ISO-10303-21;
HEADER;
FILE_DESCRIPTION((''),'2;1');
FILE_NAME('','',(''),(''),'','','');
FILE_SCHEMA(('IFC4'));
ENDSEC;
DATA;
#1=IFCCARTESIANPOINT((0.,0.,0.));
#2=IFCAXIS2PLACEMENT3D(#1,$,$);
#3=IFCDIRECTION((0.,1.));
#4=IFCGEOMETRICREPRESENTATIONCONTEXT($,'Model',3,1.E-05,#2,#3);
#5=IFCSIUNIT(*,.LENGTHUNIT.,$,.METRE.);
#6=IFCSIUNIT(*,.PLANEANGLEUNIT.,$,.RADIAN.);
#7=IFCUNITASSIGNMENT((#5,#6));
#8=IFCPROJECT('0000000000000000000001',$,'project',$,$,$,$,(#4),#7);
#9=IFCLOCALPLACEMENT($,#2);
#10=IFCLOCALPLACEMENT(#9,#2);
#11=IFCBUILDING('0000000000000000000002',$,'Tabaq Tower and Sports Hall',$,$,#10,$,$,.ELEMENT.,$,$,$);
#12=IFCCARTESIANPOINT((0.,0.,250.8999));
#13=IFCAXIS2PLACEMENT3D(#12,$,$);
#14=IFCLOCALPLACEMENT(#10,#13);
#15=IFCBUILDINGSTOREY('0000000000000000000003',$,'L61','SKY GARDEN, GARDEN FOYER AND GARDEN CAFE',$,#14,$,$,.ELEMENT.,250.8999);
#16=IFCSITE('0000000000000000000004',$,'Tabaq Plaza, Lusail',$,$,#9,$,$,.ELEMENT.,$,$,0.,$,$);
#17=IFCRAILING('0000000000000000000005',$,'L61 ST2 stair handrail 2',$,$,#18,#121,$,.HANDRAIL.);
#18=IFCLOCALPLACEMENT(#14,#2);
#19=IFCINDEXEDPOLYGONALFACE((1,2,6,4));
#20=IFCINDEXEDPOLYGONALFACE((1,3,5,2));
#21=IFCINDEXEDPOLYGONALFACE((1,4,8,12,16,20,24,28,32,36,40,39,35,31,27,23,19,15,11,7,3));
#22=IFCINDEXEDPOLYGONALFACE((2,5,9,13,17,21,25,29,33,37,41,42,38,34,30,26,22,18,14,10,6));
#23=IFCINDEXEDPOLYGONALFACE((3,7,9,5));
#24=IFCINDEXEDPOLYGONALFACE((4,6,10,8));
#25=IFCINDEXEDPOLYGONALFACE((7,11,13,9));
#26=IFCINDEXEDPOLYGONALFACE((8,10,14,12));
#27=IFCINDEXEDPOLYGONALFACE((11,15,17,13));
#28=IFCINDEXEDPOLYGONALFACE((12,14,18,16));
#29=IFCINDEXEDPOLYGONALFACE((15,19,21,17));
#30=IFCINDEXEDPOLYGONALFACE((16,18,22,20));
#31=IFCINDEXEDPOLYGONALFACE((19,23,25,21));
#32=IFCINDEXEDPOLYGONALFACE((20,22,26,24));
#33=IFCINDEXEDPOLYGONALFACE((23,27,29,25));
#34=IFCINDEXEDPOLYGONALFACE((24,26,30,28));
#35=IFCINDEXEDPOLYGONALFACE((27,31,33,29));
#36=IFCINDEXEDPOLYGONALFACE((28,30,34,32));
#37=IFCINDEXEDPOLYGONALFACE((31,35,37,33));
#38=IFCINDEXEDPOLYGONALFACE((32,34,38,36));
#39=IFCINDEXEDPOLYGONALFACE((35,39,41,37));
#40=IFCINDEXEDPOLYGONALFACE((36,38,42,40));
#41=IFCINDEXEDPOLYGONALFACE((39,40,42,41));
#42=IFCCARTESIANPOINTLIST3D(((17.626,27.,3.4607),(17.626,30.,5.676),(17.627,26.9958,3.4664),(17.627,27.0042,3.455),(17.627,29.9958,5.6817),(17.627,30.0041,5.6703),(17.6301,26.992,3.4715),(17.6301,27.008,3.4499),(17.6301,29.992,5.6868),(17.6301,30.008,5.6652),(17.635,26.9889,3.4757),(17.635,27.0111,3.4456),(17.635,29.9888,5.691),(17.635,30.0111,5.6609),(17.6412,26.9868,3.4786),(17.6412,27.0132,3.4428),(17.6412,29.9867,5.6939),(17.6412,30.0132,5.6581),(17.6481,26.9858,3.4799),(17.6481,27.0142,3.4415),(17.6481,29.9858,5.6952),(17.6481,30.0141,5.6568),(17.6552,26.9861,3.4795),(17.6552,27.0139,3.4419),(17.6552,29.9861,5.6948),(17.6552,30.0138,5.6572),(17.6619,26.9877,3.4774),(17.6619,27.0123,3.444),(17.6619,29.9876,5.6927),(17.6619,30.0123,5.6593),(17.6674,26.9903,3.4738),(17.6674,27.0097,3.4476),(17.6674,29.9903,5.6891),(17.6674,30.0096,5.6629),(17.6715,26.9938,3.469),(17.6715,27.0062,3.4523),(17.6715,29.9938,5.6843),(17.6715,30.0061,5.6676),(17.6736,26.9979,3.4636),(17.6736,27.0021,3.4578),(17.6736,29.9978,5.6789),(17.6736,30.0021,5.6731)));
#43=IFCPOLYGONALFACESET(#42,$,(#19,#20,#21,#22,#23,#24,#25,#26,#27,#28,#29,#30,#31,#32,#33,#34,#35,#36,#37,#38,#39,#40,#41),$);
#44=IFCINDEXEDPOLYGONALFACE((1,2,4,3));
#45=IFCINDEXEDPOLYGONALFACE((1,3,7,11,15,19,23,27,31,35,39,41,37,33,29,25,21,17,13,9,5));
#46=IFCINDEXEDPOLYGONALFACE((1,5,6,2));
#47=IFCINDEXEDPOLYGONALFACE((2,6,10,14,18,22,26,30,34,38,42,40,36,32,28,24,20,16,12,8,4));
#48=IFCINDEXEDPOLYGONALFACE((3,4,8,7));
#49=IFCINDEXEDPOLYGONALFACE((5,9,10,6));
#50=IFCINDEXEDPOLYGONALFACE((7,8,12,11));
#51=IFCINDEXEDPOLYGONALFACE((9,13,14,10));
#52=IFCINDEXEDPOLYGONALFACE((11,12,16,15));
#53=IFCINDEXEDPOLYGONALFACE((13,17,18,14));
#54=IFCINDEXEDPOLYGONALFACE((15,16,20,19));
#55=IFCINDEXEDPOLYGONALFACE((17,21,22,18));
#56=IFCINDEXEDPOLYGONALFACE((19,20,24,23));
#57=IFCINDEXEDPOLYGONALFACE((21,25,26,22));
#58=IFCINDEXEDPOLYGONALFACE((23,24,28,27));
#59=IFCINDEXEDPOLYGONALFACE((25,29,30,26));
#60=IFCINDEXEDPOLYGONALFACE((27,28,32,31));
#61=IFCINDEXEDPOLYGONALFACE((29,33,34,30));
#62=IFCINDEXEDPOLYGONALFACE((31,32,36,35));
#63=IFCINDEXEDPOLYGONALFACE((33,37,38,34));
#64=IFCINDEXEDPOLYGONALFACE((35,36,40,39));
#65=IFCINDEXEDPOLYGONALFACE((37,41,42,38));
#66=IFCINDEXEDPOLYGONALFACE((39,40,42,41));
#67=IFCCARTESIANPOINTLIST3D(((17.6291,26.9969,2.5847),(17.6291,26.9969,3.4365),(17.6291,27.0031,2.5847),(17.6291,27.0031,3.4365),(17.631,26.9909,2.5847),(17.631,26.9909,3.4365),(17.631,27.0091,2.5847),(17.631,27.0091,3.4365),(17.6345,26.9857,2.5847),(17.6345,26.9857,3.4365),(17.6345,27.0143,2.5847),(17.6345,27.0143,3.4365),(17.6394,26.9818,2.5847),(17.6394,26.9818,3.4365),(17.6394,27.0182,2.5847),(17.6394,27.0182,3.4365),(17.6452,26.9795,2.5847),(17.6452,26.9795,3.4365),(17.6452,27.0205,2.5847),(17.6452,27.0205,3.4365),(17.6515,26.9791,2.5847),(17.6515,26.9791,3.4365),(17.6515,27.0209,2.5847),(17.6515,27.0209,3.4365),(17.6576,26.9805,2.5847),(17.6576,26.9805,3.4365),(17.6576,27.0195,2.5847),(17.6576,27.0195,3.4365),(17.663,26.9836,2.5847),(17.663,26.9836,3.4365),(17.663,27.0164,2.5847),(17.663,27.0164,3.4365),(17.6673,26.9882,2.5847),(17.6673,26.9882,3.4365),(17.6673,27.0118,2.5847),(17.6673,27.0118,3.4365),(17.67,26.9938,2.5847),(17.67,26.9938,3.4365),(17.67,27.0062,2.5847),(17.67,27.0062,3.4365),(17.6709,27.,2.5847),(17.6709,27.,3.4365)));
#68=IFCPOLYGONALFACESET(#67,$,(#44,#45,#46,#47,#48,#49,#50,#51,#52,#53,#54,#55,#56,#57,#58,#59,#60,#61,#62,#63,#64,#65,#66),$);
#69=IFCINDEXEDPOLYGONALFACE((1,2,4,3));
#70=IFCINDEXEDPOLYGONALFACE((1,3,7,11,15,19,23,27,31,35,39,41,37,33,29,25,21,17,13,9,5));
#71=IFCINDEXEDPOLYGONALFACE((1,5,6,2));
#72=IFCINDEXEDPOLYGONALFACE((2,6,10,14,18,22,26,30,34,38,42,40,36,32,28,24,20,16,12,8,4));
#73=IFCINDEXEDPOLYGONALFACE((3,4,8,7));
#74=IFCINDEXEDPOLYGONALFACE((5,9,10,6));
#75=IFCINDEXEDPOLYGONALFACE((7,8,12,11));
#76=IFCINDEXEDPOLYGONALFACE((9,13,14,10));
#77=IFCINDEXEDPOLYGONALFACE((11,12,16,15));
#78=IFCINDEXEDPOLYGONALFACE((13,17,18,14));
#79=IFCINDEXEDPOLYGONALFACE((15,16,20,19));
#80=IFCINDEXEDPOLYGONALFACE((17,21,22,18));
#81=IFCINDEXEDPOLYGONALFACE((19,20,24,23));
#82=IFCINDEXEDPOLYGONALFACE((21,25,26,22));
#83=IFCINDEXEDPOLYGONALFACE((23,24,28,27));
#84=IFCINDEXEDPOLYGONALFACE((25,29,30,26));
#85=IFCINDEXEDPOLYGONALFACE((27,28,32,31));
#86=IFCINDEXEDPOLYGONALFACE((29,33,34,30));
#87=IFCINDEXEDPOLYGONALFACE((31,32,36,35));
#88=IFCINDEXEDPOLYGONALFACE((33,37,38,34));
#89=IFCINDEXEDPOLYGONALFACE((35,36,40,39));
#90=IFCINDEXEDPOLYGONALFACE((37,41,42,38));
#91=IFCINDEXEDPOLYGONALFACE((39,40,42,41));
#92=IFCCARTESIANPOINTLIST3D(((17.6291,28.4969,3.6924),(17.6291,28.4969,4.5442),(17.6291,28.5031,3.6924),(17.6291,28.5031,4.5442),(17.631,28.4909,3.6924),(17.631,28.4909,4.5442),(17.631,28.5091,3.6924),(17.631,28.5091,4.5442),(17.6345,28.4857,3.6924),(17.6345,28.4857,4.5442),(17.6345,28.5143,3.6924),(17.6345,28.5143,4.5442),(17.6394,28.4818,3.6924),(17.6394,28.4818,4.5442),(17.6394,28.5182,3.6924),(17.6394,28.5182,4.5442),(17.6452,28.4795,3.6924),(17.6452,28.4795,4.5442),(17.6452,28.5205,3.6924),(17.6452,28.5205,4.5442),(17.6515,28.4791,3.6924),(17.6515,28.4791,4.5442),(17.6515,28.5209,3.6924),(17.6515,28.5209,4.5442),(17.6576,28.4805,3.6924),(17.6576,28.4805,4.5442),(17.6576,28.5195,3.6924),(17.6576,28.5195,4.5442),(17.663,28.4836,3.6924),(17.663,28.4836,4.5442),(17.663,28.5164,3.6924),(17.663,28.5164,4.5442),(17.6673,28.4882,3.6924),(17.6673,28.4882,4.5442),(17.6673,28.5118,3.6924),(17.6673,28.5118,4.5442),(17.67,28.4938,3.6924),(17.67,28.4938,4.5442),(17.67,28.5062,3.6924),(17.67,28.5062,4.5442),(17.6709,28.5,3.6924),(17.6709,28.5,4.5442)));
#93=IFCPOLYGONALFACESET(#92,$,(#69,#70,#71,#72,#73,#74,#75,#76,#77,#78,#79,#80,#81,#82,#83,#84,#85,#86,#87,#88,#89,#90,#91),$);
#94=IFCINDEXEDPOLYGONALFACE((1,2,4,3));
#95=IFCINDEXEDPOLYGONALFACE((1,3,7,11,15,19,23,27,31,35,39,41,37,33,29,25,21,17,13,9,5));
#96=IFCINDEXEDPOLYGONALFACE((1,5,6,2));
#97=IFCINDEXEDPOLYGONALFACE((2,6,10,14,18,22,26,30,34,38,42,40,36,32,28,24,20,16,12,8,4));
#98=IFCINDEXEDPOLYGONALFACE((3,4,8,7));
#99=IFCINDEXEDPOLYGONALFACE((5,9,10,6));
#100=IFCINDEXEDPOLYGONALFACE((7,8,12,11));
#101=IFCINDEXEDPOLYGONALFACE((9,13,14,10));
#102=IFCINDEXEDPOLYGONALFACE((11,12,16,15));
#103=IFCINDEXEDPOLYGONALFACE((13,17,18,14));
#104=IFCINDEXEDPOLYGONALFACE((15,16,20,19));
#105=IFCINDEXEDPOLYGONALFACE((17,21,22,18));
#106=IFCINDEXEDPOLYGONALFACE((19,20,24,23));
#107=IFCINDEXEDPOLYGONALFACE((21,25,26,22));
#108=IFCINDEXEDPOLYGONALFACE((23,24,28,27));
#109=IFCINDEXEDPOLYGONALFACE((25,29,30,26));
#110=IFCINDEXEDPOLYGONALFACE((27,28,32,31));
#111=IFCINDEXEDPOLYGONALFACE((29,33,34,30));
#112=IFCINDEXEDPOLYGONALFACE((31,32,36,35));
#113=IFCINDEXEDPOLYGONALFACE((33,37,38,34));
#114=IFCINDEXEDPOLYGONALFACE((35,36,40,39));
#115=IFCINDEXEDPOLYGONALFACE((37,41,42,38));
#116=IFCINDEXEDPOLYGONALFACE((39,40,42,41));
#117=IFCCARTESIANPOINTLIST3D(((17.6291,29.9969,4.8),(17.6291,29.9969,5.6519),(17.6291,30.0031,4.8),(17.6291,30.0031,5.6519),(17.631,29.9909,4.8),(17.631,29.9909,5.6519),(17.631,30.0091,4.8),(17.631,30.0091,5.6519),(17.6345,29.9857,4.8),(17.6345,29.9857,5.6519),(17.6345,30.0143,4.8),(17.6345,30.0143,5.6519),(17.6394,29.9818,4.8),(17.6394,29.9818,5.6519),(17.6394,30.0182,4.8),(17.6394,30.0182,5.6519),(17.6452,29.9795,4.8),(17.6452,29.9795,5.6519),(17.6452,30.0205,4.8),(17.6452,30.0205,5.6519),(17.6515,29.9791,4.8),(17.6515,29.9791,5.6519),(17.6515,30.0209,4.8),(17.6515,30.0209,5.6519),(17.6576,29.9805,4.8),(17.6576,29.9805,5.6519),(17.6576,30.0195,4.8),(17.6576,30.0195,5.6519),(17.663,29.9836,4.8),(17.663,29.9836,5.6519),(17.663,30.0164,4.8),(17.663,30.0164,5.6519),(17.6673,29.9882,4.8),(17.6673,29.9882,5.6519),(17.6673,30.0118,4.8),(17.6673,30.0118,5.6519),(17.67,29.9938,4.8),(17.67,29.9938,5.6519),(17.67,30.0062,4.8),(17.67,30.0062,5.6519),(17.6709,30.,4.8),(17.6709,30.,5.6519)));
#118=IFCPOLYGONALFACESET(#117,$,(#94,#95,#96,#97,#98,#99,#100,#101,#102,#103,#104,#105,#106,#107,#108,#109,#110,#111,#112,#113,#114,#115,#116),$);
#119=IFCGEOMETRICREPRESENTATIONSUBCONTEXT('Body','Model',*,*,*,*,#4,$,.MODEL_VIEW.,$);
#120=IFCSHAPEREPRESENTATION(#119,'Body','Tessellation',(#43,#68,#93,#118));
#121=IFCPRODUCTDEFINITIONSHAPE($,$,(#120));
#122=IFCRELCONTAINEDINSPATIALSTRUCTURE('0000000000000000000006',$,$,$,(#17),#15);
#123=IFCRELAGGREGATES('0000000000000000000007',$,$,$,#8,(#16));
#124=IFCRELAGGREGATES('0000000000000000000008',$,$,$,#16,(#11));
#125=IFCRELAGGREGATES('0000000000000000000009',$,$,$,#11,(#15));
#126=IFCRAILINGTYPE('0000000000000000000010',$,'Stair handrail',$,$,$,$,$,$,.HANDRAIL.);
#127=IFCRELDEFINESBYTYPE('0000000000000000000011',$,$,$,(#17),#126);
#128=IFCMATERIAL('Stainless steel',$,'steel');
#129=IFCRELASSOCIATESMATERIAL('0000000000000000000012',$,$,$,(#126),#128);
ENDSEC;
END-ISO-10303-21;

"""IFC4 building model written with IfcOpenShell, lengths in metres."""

from ifc_helpers import new_model, si_unit, direction, frame, origin, origin_2d, place, context, subcontext, project, spatial, circle, extrude, material, type_object, element, save


model = new_model("IFC4")

# Units and contexts
model_context = context("Model", 3, precision=1e-05, world=origin(), true_north=direction((0.0, 1.0)))
body_context = subcontext(model_context, "Body", "Model", "MODEL_VIEW")
ifc_project = project(units=[si_unit("LENGTHUNIT", "METRE"), si_unit("PLANEANGLEUNIT", "RADIAN")], contexts=[model_context])

# Site, building, storey
site_placement = place(None, origin())
site = spatial("IfcSite", under=ifc_project, at=site_placement, Name="Tabaq Plaza, Lusail", CompositionType="ELEMENT", RefElevation=0.0)
building_placement = place(site_placement, origin())
building = spatial("IfcBuilding", under=site, at=building_placement, Name="Tabaq Tower and Sports Hall", CompositionType="ELEMENT")
storey_placement = place(building_placement, frame((0.0, 0.0, 250.8999)))
storey = spatial("IfcBuildingStorey", under=building, at=storey_placement, Name="L61", Description="SKY GARDEN, GARDEN FOYER AND GARDEN CAFE", CompositionType="ELEMENT", Elevation=250.8999)

# Railing
ifc_material_1 = material(Name="Stainless steel", Category="steel")
railing_type_1 = type_object("IfcRailingType", Name="Stair handrail", PredefinedType="HANDRAIL", material=ifc_material_1)
railing_1_placement = place(storey_placement, frame((17.6499, 27.0, 2.5847)))
element("IfcRailing", 1, at=railing_1_placement, inside=storey, type_object=railing_type_1, Name="L61 ST2 stair handrail 2", PredefinedType="HANDRAIL", context=body_context, shape_type="SweptSolid", body=[
    extrude(circle(Radius=0.0239, at=origin_2d()), frame((0.0, 0.0, 0.876), z_axis=(0.0, 0.80444, 0.594034), x_axis=(-1.0, 0.0, 0.0)), (0.0, 0.0, 1.0), 3.7292),
    extrude(circle(Radius=0.021, at=origin_2d()), origin(), (0.0, 0.0, 1.0), 0.8518),
    extrude(circle(Radius=0.021, at=origin_2d()), frame((0.0, 1.5, 1.1077)), (0.0, 0.0, 1.0), 0.8518),
    extrude(circle(Radius=0.021, at=origin_2d()), frame((0.0, 3.0, 2.2153)), (0.0, 0.0, 1.0), 0.8518),
])

save(model, "model.ifc")
